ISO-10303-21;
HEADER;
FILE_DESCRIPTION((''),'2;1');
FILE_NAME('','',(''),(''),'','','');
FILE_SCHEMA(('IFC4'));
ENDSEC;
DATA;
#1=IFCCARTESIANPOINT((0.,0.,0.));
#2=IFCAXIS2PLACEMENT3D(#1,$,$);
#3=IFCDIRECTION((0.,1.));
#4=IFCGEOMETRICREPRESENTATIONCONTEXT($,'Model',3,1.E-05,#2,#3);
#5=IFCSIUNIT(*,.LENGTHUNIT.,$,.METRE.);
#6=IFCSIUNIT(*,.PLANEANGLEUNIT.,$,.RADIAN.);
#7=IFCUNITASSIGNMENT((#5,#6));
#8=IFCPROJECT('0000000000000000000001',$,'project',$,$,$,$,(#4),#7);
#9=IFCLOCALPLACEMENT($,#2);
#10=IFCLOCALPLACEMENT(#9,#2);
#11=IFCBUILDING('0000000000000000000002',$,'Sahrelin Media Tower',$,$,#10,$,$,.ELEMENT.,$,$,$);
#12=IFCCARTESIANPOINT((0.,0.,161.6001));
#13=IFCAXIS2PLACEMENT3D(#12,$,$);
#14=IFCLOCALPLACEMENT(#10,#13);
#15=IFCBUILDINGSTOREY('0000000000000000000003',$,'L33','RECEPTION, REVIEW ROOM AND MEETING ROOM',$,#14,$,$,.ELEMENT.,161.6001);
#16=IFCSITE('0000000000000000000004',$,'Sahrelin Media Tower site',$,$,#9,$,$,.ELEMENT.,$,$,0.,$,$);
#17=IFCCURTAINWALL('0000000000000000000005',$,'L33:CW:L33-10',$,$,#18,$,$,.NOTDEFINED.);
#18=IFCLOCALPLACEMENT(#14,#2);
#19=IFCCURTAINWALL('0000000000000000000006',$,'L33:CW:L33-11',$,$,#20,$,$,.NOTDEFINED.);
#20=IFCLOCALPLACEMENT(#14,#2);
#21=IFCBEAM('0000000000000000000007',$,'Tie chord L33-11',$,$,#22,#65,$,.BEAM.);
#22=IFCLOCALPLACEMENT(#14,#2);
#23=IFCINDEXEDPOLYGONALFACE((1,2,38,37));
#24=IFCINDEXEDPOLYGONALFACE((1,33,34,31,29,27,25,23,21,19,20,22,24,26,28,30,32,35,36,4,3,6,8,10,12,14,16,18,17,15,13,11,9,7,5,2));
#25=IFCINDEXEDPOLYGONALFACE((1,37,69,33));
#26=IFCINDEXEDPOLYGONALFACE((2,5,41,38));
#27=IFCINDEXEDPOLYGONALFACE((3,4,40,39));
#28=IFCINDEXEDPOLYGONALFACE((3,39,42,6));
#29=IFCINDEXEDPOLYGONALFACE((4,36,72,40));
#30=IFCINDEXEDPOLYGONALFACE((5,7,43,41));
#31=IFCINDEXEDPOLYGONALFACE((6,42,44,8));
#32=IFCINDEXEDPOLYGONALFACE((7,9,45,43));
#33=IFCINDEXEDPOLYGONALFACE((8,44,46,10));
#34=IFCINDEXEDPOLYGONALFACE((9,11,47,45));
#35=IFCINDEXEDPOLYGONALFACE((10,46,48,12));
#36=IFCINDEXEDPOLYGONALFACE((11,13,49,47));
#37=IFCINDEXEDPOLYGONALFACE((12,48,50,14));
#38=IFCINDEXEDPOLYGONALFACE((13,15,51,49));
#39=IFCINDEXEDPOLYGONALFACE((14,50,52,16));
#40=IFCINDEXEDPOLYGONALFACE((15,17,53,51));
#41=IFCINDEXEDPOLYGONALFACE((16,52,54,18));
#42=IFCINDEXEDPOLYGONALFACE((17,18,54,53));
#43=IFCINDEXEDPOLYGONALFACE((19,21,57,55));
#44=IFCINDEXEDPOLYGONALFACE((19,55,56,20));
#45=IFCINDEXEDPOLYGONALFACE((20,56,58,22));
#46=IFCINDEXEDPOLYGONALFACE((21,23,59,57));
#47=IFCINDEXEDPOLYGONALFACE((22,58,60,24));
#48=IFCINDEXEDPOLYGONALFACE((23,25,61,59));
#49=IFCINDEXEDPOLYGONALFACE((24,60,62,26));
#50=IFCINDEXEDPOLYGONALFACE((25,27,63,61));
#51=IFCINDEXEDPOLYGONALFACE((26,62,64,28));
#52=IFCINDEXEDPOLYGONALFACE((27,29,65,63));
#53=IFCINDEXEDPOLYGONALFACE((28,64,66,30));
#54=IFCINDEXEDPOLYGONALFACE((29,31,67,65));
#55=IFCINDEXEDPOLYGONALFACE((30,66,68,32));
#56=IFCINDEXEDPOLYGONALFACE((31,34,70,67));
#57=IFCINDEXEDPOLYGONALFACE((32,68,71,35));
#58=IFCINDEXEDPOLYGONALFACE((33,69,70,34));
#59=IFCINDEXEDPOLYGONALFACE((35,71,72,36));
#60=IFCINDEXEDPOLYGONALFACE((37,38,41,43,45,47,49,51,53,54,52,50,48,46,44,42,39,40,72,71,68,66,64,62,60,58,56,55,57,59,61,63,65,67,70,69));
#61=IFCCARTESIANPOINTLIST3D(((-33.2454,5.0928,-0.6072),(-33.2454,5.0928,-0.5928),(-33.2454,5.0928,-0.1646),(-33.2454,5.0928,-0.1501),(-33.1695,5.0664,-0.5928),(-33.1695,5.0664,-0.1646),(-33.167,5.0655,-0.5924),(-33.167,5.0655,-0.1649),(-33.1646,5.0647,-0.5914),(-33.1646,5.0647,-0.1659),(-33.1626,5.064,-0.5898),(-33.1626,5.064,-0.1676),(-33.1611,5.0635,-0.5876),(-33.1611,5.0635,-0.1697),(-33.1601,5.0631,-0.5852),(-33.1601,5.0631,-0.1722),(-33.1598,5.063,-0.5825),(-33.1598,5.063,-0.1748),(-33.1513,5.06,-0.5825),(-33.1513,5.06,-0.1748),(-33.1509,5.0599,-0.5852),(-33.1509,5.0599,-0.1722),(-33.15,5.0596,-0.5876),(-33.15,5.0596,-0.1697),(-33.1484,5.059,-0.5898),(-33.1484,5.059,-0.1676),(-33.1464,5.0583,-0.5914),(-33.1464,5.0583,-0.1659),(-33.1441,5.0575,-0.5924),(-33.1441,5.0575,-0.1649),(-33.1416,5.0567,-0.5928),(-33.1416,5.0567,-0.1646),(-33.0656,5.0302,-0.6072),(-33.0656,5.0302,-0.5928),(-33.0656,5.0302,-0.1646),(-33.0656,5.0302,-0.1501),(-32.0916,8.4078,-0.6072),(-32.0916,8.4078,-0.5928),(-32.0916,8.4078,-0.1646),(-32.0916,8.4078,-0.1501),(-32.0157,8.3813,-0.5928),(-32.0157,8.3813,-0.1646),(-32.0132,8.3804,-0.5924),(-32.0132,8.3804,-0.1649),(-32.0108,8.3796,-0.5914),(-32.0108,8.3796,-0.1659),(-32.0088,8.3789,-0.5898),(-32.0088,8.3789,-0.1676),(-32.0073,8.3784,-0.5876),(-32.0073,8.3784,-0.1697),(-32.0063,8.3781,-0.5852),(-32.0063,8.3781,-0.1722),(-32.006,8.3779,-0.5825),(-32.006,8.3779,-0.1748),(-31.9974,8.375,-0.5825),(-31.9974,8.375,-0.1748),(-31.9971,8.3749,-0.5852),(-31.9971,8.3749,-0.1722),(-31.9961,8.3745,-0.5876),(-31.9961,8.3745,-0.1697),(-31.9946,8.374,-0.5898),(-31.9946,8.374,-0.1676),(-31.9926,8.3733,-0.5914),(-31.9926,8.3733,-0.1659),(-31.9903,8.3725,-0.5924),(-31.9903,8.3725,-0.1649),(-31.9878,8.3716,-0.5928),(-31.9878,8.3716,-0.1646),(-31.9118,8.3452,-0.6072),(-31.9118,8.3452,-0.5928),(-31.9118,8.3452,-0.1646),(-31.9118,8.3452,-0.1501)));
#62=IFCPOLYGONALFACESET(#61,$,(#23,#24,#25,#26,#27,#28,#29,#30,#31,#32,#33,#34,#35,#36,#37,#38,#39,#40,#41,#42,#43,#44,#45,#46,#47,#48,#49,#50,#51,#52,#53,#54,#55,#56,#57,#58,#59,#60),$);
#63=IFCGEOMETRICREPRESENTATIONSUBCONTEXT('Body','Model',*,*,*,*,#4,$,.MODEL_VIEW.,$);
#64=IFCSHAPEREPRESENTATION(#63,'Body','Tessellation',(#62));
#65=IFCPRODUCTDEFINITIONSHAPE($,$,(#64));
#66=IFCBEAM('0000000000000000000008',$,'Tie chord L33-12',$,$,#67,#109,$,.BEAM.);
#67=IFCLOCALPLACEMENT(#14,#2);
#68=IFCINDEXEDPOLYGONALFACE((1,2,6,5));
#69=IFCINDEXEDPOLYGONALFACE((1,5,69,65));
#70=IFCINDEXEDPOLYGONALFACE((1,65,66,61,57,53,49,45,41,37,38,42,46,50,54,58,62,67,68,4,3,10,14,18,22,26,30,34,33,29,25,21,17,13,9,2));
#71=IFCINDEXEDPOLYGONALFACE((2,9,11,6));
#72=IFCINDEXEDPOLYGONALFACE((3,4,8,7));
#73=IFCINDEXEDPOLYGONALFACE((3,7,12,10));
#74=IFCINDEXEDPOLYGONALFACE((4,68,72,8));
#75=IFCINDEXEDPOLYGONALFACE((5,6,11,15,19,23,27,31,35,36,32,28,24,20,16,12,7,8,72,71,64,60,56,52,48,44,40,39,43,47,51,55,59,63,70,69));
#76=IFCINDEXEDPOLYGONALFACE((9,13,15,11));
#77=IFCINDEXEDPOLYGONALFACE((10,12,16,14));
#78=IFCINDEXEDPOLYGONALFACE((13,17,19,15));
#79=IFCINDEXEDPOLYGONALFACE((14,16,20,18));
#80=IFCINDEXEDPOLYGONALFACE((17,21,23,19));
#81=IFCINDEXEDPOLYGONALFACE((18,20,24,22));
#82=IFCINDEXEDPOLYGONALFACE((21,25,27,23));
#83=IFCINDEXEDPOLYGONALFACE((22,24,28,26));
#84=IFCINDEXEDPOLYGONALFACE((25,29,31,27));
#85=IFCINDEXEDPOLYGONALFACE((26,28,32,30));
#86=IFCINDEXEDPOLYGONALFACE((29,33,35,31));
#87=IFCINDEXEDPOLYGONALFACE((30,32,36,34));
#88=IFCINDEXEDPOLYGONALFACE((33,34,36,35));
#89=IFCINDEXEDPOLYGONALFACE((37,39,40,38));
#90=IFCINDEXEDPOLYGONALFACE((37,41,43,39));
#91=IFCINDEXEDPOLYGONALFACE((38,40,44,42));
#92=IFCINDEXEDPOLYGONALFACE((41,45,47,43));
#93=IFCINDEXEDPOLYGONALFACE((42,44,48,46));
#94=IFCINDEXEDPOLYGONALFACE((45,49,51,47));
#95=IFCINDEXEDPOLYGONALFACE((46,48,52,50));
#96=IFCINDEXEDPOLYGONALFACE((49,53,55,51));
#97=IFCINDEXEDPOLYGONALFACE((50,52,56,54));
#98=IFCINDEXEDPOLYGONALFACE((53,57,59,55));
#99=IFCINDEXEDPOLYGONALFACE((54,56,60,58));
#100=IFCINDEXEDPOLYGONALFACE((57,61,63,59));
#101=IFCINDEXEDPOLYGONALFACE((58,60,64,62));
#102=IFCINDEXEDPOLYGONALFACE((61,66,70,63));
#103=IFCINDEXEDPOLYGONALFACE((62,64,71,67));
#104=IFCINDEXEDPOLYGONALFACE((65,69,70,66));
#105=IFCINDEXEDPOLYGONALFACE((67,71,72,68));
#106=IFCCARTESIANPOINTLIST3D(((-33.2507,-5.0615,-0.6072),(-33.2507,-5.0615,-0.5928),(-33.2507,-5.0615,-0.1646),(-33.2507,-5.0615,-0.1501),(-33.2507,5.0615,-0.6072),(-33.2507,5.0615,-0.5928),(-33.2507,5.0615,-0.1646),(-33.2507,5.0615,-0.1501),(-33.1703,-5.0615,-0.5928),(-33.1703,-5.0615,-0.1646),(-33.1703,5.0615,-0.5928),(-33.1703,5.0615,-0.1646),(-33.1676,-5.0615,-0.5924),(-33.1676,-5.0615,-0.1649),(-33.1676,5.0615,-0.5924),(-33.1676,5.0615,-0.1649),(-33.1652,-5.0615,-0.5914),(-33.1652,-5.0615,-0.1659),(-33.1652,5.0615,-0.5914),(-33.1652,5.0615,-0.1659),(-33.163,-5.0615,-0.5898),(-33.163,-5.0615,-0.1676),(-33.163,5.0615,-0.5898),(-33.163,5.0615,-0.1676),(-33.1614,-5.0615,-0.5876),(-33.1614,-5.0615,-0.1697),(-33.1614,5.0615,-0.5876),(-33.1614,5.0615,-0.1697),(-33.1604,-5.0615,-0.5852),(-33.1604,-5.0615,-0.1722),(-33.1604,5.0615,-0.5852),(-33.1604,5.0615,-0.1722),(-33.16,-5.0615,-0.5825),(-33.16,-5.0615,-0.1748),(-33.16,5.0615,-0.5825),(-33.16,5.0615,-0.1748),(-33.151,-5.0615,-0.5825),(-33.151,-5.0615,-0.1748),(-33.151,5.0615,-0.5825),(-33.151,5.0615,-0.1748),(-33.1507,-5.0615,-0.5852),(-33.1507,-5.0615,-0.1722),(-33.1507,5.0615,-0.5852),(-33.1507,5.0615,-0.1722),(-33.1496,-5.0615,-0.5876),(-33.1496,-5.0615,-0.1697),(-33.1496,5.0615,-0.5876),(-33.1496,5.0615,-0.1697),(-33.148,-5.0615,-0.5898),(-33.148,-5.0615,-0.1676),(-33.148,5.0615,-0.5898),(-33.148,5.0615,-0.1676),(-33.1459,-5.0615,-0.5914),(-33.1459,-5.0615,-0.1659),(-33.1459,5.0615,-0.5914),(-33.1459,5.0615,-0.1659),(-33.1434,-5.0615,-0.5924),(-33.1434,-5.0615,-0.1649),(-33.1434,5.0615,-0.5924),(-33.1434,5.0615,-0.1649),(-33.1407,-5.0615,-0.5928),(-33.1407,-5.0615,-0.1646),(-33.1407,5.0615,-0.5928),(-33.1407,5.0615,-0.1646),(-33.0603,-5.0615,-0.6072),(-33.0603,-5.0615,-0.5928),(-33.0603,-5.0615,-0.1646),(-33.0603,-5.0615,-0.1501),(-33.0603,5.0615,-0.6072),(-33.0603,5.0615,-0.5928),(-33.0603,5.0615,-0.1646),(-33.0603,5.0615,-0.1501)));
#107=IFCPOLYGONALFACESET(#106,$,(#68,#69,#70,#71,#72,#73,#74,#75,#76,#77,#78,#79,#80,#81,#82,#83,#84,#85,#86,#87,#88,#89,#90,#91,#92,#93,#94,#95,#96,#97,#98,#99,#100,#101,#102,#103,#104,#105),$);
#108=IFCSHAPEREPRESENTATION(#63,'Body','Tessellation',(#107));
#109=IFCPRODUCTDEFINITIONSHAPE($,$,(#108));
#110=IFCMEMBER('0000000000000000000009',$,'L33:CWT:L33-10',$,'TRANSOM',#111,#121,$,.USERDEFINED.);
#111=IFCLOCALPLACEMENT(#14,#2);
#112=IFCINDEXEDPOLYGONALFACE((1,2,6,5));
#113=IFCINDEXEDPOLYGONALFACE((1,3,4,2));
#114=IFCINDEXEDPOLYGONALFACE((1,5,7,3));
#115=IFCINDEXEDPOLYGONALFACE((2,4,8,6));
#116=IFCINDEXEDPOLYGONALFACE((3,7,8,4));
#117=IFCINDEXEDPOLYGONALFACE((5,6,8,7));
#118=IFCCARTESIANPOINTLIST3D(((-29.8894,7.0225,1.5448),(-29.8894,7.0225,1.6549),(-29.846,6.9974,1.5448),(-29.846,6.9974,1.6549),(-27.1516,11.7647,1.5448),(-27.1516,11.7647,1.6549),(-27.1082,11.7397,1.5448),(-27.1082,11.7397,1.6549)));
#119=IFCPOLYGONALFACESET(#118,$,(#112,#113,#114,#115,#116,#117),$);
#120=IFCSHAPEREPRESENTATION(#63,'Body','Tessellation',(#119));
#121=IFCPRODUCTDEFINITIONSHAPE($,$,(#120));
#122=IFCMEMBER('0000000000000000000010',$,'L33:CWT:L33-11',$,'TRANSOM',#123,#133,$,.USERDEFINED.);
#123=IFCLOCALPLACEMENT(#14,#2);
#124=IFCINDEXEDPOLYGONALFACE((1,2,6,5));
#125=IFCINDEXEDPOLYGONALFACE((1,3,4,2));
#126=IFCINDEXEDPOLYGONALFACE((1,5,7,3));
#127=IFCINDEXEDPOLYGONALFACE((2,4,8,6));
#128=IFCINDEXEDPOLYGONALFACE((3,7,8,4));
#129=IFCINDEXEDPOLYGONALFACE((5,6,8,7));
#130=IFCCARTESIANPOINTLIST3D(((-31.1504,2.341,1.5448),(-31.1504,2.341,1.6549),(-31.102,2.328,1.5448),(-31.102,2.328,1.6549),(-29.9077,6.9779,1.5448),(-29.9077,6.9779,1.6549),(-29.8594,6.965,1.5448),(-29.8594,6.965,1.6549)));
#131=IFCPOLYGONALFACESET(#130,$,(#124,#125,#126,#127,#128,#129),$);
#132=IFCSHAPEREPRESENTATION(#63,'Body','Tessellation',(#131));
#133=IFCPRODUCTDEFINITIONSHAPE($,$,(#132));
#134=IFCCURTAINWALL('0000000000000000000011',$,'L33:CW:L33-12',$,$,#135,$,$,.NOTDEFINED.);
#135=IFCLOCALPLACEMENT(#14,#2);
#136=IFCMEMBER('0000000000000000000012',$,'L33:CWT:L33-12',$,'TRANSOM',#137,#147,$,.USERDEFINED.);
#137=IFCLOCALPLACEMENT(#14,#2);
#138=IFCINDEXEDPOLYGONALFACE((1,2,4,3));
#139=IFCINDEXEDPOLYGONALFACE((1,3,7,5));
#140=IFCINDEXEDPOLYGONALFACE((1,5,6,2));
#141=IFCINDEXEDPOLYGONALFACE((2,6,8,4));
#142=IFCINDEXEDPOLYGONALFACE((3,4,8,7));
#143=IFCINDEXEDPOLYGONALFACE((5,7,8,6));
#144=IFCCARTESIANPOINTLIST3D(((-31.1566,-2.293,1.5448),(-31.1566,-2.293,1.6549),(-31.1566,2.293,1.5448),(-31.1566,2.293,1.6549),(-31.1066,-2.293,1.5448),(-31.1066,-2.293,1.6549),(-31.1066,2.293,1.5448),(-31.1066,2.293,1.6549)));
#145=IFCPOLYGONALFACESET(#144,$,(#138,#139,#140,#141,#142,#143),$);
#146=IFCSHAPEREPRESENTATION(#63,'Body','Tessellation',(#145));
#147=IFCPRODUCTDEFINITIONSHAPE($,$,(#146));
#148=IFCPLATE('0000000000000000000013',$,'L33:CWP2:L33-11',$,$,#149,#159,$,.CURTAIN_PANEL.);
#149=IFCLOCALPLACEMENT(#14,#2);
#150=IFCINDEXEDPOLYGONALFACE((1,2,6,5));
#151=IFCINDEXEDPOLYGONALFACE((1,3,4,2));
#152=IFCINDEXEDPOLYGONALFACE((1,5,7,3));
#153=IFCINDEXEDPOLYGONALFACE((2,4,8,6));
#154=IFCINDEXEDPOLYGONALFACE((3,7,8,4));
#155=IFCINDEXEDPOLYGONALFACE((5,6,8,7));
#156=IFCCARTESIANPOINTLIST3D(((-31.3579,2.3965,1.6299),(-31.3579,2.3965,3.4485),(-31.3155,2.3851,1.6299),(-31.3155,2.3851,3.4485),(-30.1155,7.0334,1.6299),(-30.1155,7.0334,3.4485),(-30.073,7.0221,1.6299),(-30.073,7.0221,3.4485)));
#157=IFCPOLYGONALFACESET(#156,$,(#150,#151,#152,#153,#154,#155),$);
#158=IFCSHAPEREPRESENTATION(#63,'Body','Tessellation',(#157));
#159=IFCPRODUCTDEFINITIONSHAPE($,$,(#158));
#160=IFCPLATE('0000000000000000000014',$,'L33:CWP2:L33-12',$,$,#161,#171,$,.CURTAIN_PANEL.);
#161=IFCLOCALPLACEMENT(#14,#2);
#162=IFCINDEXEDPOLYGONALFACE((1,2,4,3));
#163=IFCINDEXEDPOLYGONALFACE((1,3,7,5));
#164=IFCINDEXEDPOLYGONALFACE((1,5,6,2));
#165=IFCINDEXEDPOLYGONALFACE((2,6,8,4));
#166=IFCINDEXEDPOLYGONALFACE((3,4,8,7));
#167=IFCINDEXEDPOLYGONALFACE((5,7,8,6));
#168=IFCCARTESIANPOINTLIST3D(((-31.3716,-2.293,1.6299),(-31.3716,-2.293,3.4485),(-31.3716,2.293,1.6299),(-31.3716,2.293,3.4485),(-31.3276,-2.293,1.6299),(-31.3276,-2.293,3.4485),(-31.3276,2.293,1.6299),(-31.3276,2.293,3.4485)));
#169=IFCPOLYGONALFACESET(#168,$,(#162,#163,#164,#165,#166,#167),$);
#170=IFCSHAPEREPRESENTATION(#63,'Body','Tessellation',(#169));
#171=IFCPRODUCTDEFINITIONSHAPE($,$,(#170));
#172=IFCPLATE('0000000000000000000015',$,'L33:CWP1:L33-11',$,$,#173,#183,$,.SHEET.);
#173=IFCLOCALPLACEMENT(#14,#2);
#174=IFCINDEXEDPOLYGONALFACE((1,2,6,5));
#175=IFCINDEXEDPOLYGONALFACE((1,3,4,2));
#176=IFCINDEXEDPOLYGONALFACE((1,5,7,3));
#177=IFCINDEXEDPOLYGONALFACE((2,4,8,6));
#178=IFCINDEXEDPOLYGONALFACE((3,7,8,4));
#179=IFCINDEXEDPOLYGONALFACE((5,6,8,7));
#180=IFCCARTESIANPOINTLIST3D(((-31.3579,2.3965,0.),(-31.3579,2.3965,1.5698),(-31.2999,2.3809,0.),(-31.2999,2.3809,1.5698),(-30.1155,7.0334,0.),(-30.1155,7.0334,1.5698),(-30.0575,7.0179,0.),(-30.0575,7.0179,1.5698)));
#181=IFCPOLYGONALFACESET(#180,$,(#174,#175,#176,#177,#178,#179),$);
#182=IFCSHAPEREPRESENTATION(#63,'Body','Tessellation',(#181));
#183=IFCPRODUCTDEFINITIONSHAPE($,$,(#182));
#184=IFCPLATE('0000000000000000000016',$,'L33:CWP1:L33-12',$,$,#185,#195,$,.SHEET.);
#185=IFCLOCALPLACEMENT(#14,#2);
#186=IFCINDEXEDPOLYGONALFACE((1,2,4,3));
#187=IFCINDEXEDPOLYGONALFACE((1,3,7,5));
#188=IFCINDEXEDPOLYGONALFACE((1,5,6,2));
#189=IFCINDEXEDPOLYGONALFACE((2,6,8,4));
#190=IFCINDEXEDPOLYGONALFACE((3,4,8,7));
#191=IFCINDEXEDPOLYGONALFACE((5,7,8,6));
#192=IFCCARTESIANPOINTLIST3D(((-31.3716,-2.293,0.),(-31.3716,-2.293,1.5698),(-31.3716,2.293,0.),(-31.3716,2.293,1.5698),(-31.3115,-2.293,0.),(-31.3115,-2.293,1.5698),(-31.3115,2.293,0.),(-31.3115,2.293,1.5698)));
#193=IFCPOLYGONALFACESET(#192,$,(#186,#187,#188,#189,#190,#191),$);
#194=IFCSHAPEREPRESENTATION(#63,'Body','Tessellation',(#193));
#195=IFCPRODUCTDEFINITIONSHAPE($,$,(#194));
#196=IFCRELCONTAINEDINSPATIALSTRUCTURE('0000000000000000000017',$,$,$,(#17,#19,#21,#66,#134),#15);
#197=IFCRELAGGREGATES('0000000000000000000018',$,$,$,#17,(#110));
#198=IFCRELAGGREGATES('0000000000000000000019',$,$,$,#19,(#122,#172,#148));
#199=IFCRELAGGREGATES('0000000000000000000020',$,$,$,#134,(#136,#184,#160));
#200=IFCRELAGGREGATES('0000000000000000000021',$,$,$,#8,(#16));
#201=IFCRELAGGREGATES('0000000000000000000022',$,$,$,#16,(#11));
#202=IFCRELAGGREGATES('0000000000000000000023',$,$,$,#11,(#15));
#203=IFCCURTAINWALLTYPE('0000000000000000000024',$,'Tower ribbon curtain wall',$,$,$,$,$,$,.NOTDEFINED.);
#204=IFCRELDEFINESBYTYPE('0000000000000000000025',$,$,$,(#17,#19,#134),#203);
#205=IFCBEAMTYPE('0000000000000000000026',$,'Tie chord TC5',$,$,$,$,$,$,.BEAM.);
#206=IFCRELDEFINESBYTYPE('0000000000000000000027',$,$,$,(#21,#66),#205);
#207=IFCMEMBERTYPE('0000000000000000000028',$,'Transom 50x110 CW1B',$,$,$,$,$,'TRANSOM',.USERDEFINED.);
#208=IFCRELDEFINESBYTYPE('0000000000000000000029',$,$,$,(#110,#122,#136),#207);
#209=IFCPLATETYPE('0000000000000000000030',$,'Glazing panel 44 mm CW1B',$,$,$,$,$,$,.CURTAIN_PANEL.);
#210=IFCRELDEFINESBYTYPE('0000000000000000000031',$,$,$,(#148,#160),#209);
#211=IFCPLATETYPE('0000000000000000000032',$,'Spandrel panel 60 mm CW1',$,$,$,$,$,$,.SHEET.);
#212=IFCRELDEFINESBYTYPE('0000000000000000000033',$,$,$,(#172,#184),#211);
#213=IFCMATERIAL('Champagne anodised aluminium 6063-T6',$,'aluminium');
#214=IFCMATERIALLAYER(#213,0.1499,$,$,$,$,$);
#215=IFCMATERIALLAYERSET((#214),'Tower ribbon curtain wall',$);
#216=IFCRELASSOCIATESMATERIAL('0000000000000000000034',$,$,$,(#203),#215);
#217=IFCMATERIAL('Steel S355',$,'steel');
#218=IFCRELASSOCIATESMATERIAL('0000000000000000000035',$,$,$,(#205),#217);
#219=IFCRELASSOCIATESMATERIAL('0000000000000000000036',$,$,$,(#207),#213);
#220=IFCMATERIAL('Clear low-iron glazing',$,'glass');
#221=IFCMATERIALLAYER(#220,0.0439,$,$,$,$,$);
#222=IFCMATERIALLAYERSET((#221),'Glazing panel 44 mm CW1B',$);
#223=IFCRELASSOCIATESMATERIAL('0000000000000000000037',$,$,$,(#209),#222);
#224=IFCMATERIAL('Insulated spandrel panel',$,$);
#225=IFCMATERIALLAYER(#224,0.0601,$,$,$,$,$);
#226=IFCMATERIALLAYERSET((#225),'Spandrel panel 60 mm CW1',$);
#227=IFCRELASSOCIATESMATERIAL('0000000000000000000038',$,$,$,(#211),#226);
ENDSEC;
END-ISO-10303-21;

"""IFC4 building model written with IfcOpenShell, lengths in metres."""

from ifc_helpers import new_model, si_unit, direction, frame, origin, origin_2d, place, context, subcontext, project, spatial, polyline, rectangle, i_section, outline, extrude, material, layer, layer_set, material_profile, profile_set, type_object, element, aggregate, save


model = new_model("IFC4")

# Units and contexts
model_context = context("Model", 3, precision=1e-05, world=origin(), true_north=direction((0.0, 1.0)))
body_context = subcontext(model_context, "Body", "Model", "MODEL_VIEW")
ifc_project = project(units=[si_unit("LENGTHUNIT", "METRE"), si_unit("PLANEANGLEUNIT", "RADIAN")], contexts=[model_context])

# Site, building, storey
site_placement = place(None, origin())
site = spatial("IfcSite", under=ifc_project, at=site_placement, Name="Sahrelin Media Tower site", CompositionType="ELEMENT", RefElevation=0.0)
building_placement = place(site_placement, origin())
building = spatial("IfcBuilding", under=site, at=building_placement, Name="Sahrelin Media Tower", CompositionType="ELEMENT")
storey_placement = place(building_placement, frame((0.0, 0.0, 161.6001)))
storey = spatial("IfcBuildingStorey", under=building, at=storey_placement, Name="L33", Description="RECEPTION, REVIEW ROOM AND MEETING ROOM", CompositionType="ELEMENT", Elevation=161.6001)

# Shared definitions
ifc_material_1 = material(Name="Steel S355", Category="steel")

# Curtain walls
ifc_material_2 = material(Name="Champagne anodised aluminium 6063-T6", Category="aluminium")
ifc_layer_1 = layer(ifc_material_2, 0.1499)
ifc_layer_set_1 = layer_set([ifc_layer_1], Name="Tower ribbon curtain wall")
curtain_wall_type = type_object("IfcCurtainWallType", Name="Tower ribbon curtain wall", PredefinedType="NOTDEFINED", material=ifc_layer_set_1)
curtain_wall_1_placement = place(storey_placement, frame((-28.6892, 9.491, 0.0), z_axis=(0.0, 0.0, 1.0), x_axis=(1.0, 0.0, 0.0)))
curtain_wall_1 = element("IfcCurtainWall", 1, at=curtain_wall_1_placement, inside=storey, type_object=curtain_wall_type, Name="L33:CW:L33-10", PredefinedType="NOTDEFINED")
curtain_wall_2_placement = place(storey_placement, frame((-30.7173, 4.7097, 0.0), z_axis=(0.0, 0.0, 1.0), x_axis=(1.0, 0.0, 0.0)))
curtain_wall_2 = element("IfcCurtainWall", 2, at=curtain_wall_2_placement, inside=storey, type_object=curtain_wall_type, Name="L33:CW:L33-11", PredefinedType="NOTDEFINED")

# Beams
ifc_material_profile_1 = material_profile(ifc_material_1, i_section(OverallWidth=0.1904, OverallDepth=0.457, WebThickness=0.009, FlangeThickness=0.0144, FilletRadius=0.0103, at=origin_2d()), Name="UB 457x191x74")
ifc_profile_set_1 = profile_set([ifc_material_profile_1], Name="Steel S355")
beam_type_1 = type_object("IfcBeamType", Name="Tie chord TC5", PredefinedType="BEAM", material=ifc_profile_set_1)
beam_1_placement = place(storey_placement, frame((-32.0017, 8.3765, -0.3787), z_axis=(-0.32872, -0.944427, 0.0), x_axis=(0.944427, -0.32872, 0.0)))
element("IfcBeam", 3, at=beam_1_placement, inside=storey, type_object=beam_type_1, Name="Tie chord L33-11", PredefinedType="BEAM", context=body_context, shape_type="SweptSolid", body=[
    extrude(i_section(OverallWidth=0.1904, OverallDepth=0.457, WebThickness=0.009, FlangeThickness=0.0144, FilletRadius=0.0103, at=origin_2d()), origin(), (0.0, 0.0, 1.0), 3.51),
])
beam_2_placement = place(storey_placement, frame((-33.1555, 5.0615, -0.3787), z_axis=(0.0, -1.0, 0.0), x_axis=(1.0, 0.0, 0.0)))
element("IfcBeam", 4, at=beam_2_placement, inside=storey, type_object=beam_type_1, Name="Tie chord L33-12", PredefinedType="BEAM", context=body_context, shape_type="SweptSolid", body=[
    extrude(i_section(OverallWidth=0.1904, OverallDepth=0.457, WebThickness=0.009, FlangeThickness=0.0144, FilletRadius=0.0103, at=origin_2d()), origin(), (0.0, 0.0, 1.0), 10.123),
])

# Members
ifc_material_profile_2 = material_profile(ifc_material_2, rectangle(XDim=0.05, YDim=0.1101, at=origin_2d()), Name="Transom 50x110")
ifc_profile_set_2 = profile_set([ifc_material_profile_2], Name="Champagne anodised aluminium 6063-T6")
member_type_1 = type_object("IfcMemberType", Name="Transom 50x110 CW1B", ElementType="TRANSOM", PredefinedType="USERDEFINED", material=ifc_profile_set_2)
member_1_placement = place(storey_placement, frame((-27.1299, 11.7522, 1.5999), z_axis=(-0.499985, -0.866034, 0.0), x_axis=(0.866034, -0.499985, 0.0)))
member_1 = element("IfcMember", 5, at=member_1_placement, type_object=member_type_1, Name="L33:CWT:L33-10", ObjectType="TRANSOM", PredefinedType="USERDEFINED", context=body_context, shape_type="SweptSolid", body=[
    extrude(rectangle(XDim=0.05, YDim=0.1101, at=origin_2d()), origin(), (0.0, 0.0, 1.0), 5.4758),
])
aggregate(curtain_wall_1, [member_1])
member_2_placement = place(storey_placement, frame((-29.8835, 6.9714, 1.5999), z_axis=(-0.258859, -0.965915, 0.0), x_axis=(0.965915, -0.258859, 0.0)))
member_2 = element("IfcMember", 6, at=member_2_placement, type_object=member_type_1, Name="L33:CWT:L33-11", ObjectType="TRANSOM", PredefinedType="USERDEFINED", context=body_context, shape_type="SweptSolid", body=[
    extrude(rectangle(XDim=0.05, YDim=0.1101, at=origin_2d()), origin(), (0.0, 0.0, 1.0), 4.8005),
])

# Curtain wall, member
curtain_wall_3_placement = place(storey_placement, frame((-31.3516, 0.0, 0.0), z_axis=(0.0, 0.0, 1.0), x_axis=(1.0, 0.0, 0.0)))
curtain_wall_3 = element("IfcCurtainWall", 7, at=curtain_wall_3_placement, inside=storey, type_object=curtain_wall_type, Name="L33:CW:L33-12", PredefinedType="NOTDEFINED")
member_3_placement = place(storey_placement, frame((-31.1316, 2.293, 1.5999), z_axis=(0.0, -1.0, 0.0), x_axis=(1.0, 0.0, 0.0)))
member_3 = element("IfcMember", 8, at=member_3_placement, type_object=member_type_1, Name="L33:CWT:L33-12", ObjectType="TRANSOM", PredefinedType="USERDEFINED", context=body_context, shape_type="SweptSolid", body=[
    extrude(rectangle(XDim=0.05, YDim=0.1101, at=origin_2d()), origin(), (0.0, 0.0, 1.0), 4.5859),
])

# Plates
ifc_material_3 = material(Name="Clear low-iron glazing", Category="glass")
ifc_layer_2 = layer(ifc_material_3, 0.0439)
ifc_layer_set_2 = layer_set([ifc_layer_2], Name="Glazing panel 44 mm CW1B")
plate_type_1 = type_object("IfcPlateType", Name="Glazing panel 44 mm CW1B", PredefinedType="CURTAIN_PANEL", material=ifc_layer_set_2)
plate_1_placement = place(storey_placement, frame((-30.1155, 7.0334, 1.6299), z_axis=(-0.965928, 0.258811, 0.0), x_axis=(-0.258811, -0.965928, 0.0)))
plate_1 = element("IfcPlate", 9, at=plate_1_placement, type_object=plate_type_1, Name="L33:CWP2:L33-11", PredefinedType="CURTAIN_PANEL", context=body_context, shape_type="SweptSolid", body=[
    extrude(outline(polyline([(0.0, 0.0), (4.8005, 0.0), (4.8005, 1.8186), (0.0, 1.8186), (0.0, 0.0)])), origin(), (0.0, 0.0, -1.0), 0.0439),
])
plate_2_placement = place(storey_placement, frame((-31.3716, 2.293, 1.6299), z_axis=(-1.0, 0.0, 0.0), x_axis=(0.0, -1.0, 0.0)))
plate_2 = element("IfcPlate", 10, at=plate_2_placement, type_object=plate_type_1, Name="L33:CWP2:L33-12", PredefinedType="CURTAIN_PANEL", context=body_context, shape_type="SweptSolid", body=[
    extrude(outline(polyline([(0.0, 0.0), (4.5859, 0.0), (4.5859, 1.8186), (0.0, 1.8186), (0.0, 0.0)])), origin(), (0.0, 0.0, -1.0), 0.0439),
])
ifc_material_4 = material(Name="Insulated spandrel panel")
ifc_layer_3 = layer(ifc_material_4, 0.0601)
ifc_layer_set_3 = layer_set([ifc_layer_3], Name="Spandrel panel 60 mm CW1")
plate_type_2 = type_object("IfcPlateType", Name="Spandrel panel 60 mm CW1", PredefinedType="SHEET", material=ifc_layer_set_3)
plate_3_placement = place(storey_placement, frame((-30.1155, 7.0334, 0.0), z_axis=(-0.965928, 0.258811, 0.0), x_axis=(-0.258811, -0.965928, 0.0)))
plate_3 = element("IfcPlate", 11, at=plate_3_placement, type_object=plate_type_2, Name="L33:CWP1:L33-11", PredefinedType="SHEET", context=body_context, shape_type="SweptSolid", body=[
    extrude(outline(polyline([(0.0, 0.0), (4.8005, 0.0), (4.8005, 1.5698), (0.0, 1.5698), (0.0, 0.0)])), origin(), (0.0, 0.0, -1.0), 0.0601),
])
aggregate(curtain_wall_2, [member_2, plate_3, plate_1])
plate_4_placement = place(storey_placement, frame((-31.3716, 2.293, 0.0), z_axis=(-1.0, 0.0, 0.0), x_axis=(0.0, -1.0, 0.0)))
plate_4 = element("IfcPlate", 12, at=plate_4_placement, type_object=plate_type_2, Name="L33:CWP1:L33-12", PredefinedType="SHEET", context=body_context, shape_type="SweptSolid", body=[
    extrude(outline(polyline([(0.0, 0.0), (4.5859, 0.0), (4.5859, 1.5698), (0.0, 1.5698), (0.0, 0.0)])), origin(), (0.0, 0.0, -1.0), 0.0601),
])
aggregate(curtain_wall_3, [member_3, plate_4, plate_2])

save(model, "model.ifc")
